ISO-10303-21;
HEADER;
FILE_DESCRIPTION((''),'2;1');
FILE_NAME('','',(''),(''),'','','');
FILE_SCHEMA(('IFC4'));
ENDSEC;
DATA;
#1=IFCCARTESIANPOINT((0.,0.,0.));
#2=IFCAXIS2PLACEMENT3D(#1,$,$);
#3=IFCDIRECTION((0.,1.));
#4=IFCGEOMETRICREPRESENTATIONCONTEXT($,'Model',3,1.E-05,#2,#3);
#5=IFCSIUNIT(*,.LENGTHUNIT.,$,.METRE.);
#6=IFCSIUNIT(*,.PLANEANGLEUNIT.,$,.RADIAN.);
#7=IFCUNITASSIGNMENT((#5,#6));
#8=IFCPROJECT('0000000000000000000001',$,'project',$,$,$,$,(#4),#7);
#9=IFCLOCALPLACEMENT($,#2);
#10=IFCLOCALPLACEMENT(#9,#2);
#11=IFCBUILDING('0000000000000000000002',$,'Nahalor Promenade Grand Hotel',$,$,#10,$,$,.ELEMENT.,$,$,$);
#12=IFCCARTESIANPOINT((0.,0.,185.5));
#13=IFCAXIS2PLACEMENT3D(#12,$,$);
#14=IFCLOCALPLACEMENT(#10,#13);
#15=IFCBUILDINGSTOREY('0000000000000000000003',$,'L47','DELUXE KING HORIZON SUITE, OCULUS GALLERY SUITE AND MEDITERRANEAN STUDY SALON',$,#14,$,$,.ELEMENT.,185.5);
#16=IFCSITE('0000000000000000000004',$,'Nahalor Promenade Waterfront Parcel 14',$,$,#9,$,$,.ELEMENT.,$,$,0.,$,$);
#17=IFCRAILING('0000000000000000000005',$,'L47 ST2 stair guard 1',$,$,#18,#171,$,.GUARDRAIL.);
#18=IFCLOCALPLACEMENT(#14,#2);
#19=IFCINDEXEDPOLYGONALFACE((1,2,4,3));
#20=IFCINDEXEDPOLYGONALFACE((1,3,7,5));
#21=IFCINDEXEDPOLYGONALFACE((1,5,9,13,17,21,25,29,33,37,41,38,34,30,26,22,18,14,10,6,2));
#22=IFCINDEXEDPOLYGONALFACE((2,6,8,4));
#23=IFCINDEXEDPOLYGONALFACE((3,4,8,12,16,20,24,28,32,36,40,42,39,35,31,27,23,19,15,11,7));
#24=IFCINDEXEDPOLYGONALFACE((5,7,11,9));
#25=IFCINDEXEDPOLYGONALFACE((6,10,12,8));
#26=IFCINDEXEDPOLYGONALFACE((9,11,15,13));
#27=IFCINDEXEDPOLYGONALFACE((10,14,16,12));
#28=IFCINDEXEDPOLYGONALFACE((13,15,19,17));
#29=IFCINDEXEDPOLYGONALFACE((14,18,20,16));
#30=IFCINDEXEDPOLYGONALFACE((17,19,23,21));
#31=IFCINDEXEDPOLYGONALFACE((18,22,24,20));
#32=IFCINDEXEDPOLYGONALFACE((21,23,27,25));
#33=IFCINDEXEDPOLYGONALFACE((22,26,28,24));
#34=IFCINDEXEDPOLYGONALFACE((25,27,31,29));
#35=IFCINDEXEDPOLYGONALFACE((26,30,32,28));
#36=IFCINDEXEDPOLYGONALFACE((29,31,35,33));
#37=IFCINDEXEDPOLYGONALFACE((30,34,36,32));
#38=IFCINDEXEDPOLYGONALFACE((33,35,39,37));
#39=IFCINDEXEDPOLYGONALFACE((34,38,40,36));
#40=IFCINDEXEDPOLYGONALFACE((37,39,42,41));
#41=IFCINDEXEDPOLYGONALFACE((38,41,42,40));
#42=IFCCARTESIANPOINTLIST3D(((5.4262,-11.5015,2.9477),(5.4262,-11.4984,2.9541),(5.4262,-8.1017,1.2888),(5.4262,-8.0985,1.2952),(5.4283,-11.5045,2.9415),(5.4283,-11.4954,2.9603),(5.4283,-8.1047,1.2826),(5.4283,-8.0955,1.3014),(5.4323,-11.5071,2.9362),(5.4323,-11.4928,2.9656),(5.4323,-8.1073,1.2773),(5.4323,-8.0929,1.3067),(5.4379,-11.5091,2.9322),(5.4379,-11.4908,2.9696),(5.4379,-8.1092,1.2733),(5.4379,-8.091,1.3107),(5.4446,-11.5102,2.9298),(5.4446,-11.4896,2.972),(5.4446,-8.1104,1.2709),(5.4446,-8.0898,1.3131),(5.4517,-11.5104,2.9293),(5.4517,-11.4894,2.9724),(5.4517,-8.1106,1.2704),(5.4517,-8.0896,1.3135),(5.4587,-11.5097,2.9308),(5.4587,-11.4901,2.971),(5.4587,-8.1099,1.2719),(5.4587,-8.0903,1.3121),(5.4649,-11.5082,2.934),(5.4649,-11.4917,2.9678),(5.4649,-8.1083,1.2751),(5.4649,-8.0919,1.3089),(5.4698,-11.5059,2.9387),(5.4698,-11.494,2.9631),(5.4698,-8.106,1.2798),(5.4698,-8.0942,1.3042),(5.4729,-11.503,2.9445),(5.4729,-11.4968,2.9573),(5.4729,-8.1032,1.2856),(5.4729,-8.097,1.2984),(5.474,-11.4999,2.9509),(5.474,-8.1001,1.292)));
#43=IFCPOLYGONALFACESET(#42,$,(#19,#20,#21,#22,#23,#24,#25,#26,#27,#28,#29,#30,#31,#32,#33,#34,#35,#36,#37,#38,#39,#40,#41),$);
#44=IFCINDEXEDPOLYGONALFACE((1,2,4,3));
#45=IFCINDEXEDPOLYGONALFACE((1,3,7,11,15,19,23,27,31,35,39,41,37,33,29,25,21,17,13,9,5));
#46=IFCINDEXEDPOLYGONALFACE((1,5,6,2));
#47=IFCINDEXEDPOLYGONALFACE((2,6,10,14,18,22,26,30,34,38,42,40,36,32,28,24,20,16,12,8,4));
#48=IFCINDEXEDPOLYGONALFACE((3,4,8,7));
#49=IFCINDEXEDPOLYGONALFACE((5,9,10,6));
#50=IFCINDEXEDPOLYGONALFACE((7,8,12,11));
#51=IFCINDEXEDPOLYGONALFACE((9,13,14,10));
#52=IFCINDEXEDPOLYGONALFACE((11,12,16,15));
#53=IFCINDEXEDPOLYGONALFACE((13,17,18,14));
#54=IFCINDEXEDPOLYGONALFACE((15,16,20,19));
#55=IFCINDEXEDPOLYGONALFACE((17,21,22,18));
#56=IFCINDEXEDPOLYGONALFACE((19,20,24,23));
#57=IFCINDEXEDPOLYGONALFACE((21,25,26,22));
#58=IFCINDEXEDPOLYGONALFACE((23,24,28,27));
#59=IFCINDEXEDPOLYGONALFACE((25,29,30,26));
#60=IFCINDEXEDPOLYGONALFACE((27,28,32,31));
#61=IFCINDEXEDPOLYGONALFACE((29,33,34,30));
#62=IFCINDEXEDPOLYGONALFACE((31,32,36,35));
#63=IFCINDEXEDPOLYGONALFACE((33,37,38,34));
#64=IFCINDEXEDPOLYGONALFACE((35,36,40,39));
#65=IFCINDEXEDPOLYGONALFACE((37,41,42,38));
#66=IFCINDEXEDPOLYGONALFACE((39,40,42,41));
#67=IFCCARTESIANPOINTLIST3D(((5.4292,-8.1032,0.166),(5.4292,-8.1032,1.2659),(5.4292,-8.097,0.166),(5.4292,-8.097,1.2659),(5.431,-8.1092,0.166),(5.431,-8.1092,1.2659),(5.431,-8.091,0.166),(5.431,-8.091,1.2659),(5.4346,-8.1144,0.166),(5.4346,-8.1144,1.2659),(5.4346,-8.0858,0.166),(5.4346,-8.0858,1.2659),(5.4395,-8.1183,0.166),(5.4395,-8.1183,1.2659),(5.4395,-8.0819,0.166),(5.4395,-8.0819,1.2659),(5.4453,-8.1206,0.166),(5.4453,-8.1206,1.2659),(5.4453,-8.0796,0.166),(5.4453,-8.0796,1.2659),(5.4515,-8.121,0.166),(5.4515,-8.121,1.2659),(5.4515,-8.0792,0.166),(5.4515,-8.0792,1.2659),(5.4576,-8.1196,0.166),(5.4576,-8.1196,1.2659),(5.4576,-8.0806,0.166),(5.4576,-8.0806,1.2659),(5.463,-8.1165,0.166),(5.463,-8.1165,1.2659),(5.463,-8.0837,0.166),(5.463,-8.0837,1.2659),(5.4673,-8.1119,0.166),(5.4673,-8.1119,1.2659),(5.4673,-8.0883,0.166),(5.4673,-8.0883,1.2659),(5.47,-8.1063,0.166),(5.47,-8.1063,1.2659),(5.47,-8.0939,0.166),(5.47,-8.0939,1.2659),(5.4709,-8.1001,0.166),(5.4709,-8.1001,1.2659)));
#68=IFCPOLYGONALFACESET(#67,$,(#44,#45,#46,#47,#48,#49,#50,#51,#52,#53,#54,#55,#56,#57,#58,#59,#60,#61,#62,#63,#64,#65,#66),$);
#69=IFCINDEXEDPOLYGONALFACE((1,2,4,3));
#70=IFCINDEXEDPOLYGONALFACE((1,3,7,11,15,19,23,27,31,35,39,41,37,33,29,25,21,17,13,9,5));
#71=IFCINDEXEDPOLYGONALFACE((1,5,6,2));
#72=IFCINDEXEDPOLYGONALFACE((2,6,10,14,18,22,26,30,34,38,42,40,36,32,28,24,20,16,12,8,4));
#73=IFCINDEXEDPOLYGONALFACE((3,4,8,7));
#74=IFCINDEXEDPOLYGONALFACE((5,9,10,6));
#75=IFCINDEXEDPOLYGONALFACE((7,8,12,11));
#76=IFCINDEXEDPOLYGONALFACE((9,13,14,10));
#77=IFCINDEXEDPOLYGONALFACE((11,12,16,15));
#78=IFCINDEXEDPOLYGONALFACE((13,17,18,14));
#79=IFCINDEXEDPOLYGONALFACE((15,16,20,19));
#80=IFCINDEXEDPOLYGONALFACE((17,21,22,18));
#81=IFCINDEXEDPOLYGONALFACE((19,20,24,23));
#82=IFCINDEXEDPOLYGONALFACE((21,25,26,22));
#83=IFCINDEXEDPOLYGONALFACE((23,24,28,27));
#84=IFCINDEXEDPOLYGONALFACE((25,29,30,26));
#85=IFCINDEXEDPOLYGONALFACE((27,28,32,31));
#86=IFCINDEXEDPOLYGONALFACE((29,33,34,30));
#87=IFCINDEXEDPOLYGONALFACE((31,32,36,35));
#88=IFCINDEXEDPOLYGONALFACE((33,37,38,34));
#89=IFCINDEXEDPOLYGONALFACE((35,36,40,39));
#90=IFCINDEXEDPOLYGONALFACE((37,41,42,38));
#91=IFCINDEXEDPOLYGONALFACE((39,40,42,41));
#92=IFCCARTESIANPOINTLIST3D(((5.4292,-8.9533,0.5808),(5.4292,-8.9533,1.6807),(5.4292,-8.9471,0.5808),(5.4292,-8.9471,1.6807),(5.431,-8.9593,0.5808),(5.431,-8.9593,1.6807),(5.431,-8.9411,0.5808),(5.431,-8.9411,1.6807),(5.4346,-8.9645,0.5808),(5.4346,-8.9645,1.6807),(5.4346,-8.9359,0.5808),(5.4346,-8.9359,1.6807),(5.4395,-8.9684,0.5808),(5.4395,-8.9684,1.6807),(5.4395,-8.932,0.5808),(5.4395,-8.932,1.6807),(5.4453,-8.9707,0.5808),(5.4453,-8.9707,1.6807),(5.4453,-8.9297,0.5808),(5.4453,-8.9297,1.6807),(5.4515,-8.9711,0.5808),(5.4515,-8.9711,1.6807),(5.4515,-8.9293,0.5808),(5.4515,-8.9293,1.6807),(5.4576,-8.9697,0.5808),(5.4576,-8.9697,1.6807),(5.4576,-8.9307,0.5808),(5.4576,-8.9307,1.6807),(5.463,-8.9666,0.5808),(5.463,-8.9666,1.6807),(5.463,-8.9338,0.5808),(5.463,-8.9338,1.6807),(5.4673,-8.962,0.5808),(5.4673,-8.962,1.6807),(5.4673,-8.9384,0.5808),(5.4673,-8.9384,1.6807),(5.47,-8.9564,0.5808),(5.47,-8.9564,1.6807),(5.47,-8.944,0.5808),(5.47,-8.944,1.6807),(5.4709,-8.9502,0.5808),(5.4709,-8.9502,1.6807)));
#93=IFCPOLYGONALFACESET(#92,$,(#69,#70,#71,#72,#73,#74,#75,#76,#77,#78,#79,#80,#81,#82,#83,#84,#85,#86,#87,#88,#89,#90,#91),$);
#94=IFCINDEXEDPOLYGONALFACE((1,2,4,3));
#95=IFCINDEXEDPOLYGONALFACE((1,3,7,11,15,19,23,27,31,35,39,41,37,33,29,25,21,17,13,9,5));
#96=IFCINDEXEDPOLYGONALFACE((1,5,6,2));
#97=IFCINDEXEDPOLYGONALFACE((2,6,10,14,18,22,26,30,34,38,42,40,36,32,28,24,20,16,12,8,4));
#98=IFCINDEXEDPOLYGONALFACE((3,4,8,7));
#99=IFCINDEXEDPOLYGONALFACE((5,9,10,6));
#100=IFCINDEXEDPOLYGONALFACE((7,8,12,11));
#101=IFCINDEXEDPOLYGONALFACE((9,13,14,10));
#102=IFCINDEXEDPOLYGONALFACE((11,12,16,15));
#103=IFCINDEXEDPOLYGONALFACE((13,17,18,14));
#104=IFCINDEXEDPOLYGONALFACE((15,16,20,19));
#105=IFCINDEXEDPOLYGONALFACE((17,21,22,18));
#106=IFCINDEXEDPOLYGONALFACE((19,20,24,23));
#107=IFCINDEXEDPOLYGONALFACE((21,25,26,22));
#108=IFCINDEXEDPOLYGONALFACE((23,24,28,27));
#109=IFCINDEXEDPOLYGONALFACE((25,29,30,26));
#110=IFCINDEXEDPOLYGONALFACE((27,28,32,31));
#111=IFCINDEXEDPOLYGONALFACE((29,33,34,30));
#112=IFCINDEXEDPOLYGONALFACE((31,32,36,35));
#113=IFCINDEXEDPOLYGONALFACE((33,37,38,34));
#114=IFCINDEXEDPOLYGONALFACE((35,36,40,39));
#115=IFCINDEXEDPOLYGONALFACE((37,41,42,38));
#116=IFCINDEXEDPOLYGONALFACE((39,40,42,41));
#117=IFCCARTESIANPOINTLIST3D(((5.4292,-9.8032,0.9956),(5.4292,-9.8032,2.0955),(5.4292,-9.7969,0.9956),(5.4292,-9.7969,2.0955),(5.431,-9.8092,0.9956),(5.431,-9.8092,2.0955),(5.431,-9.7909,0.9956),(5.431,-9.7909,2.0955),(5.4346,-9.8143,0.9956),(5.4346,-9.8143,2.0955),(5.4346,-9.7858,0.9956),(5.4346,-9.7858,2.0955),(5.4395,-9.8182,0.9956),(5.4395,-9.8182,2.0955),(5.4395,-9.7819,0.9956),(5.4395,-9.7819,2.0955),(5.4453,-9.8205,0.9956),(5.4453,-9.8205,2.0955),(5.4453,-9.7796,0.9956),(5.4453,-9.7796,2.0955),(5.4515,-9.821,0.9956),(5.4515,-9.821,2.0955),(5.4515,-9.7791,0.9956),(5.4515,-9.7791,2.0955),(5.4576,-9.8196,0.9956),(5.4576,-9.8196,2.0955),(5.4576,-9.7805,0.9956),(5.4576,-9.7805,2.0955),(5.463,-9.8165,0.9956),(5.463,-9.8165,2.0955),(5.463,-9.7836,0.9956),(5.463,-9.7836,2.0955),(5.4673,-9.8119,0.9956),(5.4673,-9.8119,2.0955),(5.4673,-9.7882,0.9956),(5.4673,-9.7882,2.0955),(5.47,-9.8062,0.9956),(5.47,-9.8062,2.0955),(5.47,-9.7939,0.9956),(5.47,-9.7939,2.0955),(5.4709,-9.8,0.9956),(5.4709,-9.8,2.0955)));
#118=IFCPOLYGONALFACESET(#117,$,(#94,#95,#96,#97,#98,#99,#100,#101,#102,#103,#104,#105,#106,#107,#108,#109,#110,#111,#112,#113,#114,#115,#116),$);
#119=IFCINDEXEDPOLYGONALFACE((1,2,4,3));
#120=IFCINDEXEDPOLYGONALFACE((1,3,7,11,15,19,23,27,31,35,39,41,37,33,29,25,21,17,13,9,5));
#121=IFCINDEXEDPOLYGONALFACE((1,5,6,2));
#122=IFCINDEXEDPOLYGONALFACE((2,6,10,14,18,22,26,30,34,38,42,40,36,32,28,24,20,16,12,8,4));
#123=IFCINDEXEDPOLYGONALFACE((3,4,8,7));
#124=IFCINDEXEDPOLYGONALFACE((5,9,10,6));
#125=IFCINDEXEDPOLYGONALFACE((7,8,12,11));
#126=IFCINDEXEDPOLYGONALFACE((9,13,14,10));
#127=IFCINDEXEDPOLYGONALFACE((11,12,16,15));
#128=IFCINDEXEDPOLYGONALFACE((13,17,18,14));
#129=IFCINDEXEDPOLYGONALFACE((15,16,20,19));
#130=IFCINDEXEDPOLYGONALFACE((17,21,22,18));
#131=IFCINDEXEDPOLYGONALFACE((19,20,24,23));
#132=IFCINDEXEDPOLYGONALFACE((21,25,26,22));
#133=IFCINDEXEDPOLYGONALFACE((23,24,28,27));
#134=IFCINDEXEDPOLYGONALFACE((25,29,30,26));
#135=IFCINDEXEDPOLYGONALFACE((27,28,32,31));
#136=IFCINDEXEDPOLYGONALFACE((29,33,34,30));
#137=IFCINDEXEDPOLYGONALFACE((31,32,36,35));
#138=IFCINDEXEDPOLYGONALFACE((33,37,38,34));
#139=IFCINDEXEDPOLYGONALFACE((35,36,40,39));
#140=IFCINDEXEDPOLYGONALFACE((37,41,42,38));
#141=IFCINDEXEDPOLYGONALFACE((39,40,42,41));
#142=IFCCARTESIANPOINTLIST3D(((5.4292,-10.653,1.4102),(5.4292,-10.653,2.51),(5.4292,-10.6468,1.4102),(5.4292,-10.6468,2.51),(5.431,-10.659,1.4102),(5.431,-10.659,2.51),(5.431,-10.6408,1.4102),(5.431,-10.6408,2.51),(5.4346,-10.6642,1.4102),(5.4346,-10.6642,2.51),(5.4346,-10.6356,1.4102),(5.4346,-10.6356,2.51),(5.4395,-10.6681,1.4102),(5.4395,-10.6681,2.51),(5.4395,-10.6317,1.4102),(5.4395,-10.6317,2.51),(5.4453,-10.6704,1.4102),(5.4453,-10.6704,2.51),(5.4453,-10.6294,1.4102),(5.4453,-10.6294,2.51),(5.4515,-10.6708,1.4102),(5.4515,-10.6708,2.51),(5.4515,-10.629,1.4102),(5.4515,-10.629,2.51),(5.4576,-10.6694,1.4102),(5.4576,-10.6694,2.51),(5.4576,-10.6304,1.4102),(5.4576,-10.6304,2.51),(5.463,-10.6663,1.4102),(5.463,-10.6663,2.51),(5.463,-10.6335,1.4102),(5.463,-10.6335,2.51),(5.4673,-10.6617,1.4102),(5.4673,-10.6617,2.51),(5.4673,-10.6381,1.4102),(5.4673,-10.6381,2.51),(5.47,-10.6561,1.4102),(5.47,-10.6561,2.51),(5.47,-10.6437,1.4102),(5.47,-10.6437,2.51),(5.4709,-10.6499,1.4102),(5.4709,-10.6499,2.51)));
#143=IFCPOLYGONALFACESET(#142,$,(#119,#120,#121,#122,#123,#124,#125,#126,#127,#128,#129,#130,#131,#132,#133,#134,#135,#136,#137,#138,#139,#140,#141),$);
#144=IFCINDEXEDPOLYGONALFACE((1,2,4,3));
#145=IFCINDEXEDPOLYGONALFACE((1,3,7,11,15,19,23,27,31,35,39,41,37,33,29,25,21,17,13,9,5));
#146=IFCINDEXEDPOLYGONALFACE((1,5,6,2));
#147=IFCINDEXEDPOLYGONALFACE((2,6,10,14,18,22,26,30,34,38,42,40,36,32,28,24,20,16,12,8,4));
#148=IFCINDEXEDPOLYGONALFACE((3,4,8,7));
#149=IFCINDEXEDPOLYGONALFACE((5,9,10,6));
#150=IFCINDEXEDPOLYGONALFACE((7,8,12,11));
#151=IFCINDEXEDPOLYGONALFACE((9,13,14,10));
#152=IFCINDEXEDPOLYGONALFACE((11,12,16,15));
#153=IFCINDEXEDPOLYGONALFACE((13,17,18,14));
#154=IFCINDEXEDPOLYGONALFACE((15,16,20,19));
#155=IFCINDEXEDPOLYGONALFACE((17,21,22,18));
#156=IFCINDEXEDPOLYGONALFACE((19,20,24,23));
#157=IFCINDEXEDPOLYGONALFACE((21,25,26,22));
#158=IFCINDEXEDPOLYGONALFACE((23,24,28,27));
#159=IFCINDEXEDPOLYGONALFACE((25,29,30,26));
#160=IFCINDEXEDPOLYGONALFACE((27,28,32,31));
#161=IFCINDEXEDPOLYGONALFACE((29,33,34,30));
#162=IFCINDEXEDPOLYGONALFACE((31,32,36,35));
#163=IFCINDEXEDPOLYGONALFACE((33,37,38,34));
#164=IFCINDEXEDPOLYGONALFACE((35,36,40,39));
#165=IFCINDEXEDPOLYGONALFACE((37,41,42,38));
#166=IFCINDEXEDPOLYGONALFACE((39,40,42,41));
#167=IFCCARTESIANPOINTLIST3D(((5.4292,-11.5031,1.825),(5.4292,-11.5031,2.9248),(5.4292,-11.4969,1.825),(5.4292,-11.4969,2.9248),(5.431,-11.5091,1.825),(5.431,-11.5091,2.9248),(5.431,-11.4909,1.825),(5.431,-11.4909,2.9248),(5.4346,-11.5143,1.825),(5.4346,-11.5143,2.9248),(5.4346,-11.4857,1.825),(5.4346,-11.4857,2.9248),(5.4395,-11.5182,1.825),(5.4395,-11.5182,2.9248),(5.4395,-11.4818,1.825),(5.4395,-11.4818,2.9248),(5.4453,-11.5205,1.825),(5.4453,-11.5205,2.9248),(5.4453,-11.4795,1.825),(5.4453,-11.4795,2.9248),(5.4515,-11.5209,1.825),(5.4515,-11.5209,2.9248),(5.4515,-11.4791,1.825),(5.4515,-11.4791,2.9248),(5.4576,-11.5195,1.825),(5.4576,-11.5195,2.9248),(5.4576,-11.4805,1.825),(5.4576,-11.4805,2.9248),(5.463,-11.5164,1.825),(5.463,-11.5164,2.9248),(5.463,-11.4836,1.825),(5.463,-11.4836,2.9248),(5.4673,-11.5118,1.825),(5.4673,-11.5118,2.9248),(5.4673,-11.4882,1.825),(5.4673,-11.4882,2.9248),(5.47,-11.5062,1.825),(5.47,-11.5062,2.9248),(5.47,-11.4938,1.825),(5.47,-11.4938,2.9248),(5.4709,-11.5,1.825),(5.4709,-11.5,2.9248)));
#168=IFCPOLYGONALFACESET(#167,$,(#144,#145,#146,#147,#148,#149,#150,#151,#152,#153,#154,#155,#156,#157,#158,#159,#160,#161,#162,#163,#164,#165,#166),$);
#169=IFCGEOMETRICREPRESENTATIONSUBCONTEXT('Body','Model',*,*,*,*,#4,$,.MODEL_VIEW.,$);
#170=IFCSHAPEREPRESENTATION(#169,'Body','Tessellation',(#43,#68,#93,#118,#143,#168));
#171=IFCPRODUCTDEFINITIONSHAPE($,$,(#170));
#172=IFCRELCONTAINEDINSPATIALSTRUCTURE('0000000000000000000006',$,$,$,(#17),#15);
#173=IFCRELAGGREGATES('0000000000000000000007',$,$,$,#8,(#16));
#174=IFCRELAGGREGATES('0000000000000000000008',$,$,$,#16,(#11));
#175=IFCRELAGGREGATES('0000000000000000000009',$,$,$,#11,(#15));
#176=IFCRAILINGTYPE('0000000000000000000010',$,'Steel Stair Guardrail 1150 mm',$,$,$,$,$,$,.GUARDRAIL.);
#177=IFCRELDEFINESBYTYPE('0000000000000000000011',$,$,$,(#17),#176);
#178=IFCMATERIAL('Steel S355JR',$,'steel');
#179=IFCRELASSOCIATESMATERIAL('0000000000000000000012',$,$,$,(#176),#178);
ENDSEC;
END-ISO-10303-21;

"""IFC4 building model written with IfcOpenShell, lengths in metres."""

from ifc_helpers import new_model, si_unit, direction, frame, origin, origin_2d, place, context, subcontext, project, spatial, circle, extrude, material, type_object, element, save


model = new_model("IFC4")

# Units and contexts
model_context = context("Model", 3, precision=1e-05, world=origin(), true_north=direction((0.0, 1.0)))
body_context = subcontext(model_context, "Body", "Model", "MODEL_VIEW")
ifc_project = project(units=[si_unit("LENGTHUNIT", "METRE"), si_unit("PLANEANGLEUNIT", "RADIAN")], contexts=[model_context])

# Site, building, storey
site_placement = place(None, origin())
site = spatial("IfcSite", under=ifc_project, at=site_placement, Name="Nahalor Promenade Waterfront Parcel 14", CompositionType="ELEMENT", RefElevation=0.0)
building_placement = place(site_placement, origin())
building = spatial("IfcBuilding", under=site, at=building_placement, Name="Nahalor Promenade Grand Hotel", CompositionType="ELEMENT")
storey_placement = place(building_placement, frame((0.0, 0.0, 185.5)))
storey = spatial("IfcBuildingStorey", under=building, at=storey_placement, Name="L47", Description="DELUXE KING HORIZON SUITE, OCULUS GALLERY SUITE AND MEDITERRANEAN STUDY SALON", CompositionType="ELEMENT", Elevation=185.5)

# Shared definitions
ifc_material_1 = material(Name="Steel S355JR", Category="steel")

# Railing
railing_type_1 = type_object("IfcRailingType", Name="Steel Stair Guardrail 1150 mm", PredefinedType="GUARDRAIL", material=ifc_material_1)
railing_1_placement = place(storey_placement, frame((5.45, -8.1001, 0.166)))
element("IfcRailing", 1, at=railing_1_placement, inside=storey, type_object=railing_type_1, Name="L47 ST2 stair guard 1", PredefinedType="GUARDRAIL", context=body_context, shape_type="SweptSolid", body=[
    extrude(circle(Radius=0.024, at=origin_2d()), frame((0.0, 0.0, 1.126), z_axis=(0.0, -0.898722, 0.438519), x_axis=(1.0, 0.0, 0.0)), (0.0, 0.0, 1.0), 3.783),
    extrude(circle(Radius=0.021, at=origin_2d()), origin(), (0.0, 0.0, 1.0), 1.0999),
    extrude(circle(Radius=0.021, at=origin_2d()), frame((0.0, -0.8501, 0.4148)), (0.0, 0.0, 1.0), 1.0999),
    extrude(circle(Radius=0.021, at=origin_2d()), frame((0.0, -1.7, 0.8296)), (0.0, 0.0, 1.0), 1.0999),
    extrude(circle(Radius=0.021, at=origin_2d()), frame((0.0, -2.5498, 1.2441)), (0.0, 0.0, 1.0), 1.0999),
    extrude(circle(Radius=0.021, at=origin_2d()), frame((0.0, -3.3999, 1.6589)), (0.0, 0.0, 1.0), 1.0999),
])

save(model, "model.ifc")
